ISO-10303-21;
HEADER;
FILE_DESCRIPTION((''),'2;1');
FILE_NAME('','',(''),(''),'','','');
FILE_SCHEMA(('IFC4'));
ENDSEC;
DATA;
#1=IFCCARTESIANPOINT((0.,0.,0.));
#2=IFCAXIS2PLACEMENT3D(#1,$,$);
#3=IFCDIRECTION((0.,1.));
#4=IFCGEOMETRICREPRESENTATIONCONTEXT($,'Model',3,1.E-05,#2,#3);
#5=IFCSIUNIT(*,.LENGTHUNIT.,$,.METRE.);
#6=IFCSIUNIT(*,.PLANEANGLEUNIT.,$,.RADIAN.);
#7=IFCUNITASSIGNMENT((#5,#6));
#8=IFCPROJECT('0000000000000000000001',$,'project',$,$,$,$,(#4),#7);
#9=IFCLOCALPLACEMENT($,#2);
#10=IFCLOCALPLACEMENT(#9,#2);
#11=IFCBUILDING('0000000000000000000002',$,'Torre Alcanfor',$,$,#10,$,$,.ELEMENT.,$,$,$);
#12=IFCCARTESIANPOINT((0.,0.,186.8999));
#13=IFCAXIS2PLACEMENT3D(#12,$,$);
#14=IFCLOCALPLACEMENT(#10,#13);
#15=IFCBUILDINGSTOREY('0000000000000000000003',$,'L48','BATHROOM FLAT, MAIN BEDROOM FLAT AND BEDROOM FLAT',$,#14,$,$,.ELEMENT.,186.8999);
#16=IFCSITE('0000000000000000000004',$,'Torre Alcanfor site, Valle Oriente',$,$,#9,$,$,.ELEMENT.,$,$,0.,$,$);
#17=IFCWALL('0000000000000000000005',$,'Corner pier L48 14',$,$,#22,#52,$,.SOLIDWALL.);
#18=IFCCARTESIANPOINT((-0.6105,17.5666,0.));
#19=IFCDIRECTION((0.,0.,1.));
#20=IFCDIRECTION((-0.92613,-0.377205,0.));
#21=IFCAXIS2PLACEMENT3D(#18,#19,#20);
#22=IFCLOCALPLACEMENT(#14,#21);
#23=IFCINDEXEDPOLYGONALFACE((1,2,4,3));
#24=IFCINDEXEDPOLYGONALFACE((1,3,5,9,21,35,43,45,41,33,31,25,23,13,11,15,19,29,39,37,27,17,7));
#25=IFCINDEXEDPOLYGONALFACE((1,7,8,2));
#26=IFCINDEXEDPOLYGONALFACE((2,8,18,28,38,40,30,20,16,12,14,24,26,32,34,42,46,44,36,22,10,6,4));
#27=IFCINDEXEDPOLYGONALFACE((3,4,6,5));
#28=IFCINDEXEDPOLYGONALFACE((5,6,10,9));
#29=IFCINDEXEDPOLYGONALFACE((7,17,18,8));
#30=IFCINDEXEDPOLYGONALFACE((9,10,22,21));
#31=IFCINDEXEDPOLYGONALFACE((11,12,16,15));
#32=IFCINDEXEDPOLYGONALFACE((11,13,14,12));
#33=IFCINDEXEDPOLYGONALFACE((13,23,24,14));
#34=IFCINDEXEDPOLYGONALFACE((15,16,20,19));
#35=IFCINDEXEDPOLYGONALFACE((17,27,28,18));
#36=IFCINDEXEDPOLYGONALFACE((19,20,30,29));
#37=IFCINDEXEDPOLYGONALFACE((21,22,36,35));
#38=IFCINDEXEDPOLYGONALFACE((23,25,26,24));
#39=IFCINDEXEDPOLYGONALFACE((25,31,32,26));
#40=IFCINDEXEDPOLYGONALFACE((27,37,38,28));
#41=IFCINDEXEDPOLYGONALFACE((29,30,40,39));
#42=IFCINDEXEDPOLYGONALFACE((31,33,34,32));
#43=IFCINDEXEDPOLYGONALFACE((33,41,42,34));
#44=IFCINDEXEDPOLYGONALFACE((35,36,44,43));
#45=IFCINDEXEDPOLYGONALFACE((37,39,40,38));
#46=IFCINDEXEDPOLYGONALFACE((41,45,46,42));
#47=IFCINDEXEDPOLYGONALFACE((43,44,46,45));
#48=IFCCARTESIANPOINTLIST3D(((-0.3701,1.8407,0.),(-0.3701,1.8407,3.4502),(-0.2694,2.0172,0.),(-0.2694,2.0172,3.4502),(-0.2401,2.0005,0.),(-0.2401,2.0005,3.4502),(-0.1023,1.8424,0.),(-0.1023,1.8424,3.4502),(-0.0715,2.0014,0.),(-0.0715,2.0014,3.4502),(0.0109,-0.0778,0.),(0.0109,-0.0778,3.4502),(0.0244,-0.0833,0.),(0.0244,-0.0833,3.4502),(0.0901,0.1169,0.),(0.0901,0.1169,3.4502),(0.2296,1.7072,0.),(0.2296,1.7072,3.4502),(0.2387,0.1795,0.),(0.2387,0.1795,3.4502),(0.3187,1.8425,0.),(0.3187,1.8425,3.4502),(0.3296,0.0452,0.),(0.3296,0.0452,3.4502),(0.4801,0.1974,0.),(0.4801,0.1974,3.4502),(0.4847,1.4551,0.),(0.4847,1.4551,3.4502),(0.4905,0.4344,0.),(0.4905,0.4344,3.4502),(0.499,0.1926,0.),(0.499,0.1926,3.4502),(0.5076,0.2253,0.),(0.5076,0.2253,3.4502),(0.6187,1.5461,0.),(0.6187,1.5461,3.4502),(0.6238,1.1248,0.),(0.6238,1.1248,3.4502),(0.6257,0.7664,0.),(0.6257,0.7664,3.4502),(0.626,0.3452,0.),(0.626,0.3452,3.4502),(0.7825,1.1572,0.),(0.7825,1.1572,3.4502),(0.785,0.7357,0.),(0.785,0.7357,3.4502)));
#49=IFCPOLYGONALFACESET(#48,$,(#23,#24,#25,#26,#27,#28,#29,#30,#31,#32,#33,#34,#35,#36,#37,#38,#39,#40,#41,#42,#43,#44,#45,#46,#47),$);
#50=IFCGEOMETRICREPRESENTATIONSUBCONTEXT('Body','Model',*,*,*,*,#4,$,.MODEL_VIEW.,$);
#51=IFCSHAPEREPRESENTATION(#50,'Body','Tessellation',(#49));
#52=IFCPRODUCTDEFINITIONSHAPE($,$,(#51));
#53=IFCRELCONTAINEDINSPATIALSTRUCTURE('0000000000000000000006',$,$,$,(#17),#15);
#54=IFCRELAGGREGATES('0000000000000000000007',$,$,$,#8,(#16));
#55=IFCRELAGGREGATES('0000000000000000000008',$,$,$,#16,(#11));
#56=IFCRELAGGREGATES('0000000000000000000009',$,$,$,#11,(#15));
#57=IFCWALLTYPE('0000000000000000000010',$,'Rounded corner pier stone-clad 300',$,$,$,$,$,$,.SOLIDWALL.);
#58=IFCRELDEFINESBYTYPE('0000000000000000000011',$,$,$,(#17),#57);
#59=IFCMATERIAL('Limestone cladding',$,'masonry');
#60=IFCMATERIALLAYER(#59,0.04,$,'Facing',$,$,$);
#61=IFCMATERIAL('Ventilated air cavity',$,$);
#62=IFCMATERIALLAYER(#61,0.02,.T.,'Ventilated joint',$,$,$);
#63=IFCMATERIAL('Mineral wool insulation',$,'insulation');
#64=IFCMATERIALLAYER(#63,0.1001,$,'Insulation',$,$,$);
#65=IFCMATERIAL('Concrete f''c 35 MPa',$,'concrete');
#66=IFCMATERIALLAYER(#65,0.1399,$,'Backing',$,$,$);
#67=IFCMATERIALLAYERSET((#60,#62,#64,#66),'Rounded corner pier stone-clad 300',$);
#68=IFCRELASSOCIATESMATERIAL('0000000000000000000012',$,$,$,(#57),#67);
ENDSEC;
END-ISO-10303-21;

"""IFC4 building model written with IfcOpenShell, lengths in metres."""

from ifc_helpers import new_model, si_unit, direction, frame, origin, place, context, subcontext, project, spatial, polyline, outline, extrude, material, layer, layer_set, type_object, element, save


model = new_model("IFC4")

# Units and contexts
model_context = context("Model", 3, precision=1e-05, world=origin(), true_north=direction((0.0, 1.0)))
body_context = subcontext(model_context, "Body", "Model", "MODEL_VIEW")
ifc_project = project(units=[si_unit("LENGTHUNIT", "METRE"), si_unit("PLANEANGLEUNIT", "RADIAN")], contexts=[model_context])

# Site, building, storey
site_placement = place(None, origin())
site = spatial("IfcSite", under=ifc_project, at=site_placement, Name="Torre Alcanfor site, Valle Oriente", CompositionType="ELEMENT", RefElevation=0.0)
building_placement = place(site_placement, origin())
building = spatial("IfcBuilding", under=site, at=building_placement, Name="Torre Alcanfor", CompositionType="ELEMENT")
storey_placement = place(building_placement, frame((0.0, 0.0, 186.8999)))
storey = spatial("IfcBuildingStorey", under=building, at=storey_placement, Name="L48", Description="BATHROOM FLAT, MAIN BEDROOM FLAT AND BEDROOM FLAT", CompositionType="ELEMENT", Elevation=186.8999)

# Wall
ifc_material_1 = material(Name="Limestone cladding", Category="masonry")
ifc_layer_1 = layer(ifc_material_1, 0.04, Name="Facing")
ifc_material_2 = material(Name="Ventilated air cavity")
ifc_layer_2 = layer(ifc_material_2, 0.02, ventilated=True, Name="Ventilated joint")
ifc_material_3 = material(Name="Mineral wool insulation", Category="insulation")
ifc_layer_3 = layer(ifc_material_3, 0.1001, Name="Insulation")
ifc_material_4 = material(Name="Concrete f'c 35 MPa", Category="concrete")
ifc_layer_4 = layer(ifc_material_4, 0.1399, Name="Backing")
ifc_layer_set_1 = layer_set([ifc_layer_1, ifc_layer_2, ifc_layer_3, ifc_layer_4], Name="Rounded corner pier stone-clad 300")
wall_type_1 = type_object("IfcWallType", Name="Rounded corner pier stone-clad 300", PredefinedType="SOLIDWALL", material=ifc_layer_set_1)
wall_1_placement = place(storey_placement, frame((-0.6105, 17.5666, 0.0), z_axis=(0.0, 0.0, 1.0), x_axis=(-0.92613, -0.377205, 0.0)))
element("IfcWall", 1, at=wall_1_placement, inside=storey, type_object=wall_type_1, Name="Corner pier L48 14", PredefinedType="SOLIDWALL", context=body_context, shape_type="SweptSolid", body=[
    extrude(outline(polyline([(-0.2694, 2.0172), (-0.3701, 1.8407), (-0.1023, 1.8424), (0.2296, 1.7072), (0.4847, 1.4551), (0.6238, 1.1248), (0.6257, 0.7664), (0.4905, 0.4344), (0.2387, 0.1795), (0.0901, 0.1169), (0.0109, -0.0778), (0.0244, -0.0833), (0.3296, 0.0452), (0.4801, 0.1974), (0.499, 0.1926), (0.5076, 0.2253), (0.626, 0.3452), (0.785, 0.7357), (0.7825, 1.1572), (0.6187, 1.5461), (0.3187, 1.8425), (-0.0715, 2.0014), (-0.2401, 2.0005), (-0.2694, 2.0172)])), origin(), (0.0, 0.0, 1.0), 3.4502),
])

save(model, "model.ifc")
